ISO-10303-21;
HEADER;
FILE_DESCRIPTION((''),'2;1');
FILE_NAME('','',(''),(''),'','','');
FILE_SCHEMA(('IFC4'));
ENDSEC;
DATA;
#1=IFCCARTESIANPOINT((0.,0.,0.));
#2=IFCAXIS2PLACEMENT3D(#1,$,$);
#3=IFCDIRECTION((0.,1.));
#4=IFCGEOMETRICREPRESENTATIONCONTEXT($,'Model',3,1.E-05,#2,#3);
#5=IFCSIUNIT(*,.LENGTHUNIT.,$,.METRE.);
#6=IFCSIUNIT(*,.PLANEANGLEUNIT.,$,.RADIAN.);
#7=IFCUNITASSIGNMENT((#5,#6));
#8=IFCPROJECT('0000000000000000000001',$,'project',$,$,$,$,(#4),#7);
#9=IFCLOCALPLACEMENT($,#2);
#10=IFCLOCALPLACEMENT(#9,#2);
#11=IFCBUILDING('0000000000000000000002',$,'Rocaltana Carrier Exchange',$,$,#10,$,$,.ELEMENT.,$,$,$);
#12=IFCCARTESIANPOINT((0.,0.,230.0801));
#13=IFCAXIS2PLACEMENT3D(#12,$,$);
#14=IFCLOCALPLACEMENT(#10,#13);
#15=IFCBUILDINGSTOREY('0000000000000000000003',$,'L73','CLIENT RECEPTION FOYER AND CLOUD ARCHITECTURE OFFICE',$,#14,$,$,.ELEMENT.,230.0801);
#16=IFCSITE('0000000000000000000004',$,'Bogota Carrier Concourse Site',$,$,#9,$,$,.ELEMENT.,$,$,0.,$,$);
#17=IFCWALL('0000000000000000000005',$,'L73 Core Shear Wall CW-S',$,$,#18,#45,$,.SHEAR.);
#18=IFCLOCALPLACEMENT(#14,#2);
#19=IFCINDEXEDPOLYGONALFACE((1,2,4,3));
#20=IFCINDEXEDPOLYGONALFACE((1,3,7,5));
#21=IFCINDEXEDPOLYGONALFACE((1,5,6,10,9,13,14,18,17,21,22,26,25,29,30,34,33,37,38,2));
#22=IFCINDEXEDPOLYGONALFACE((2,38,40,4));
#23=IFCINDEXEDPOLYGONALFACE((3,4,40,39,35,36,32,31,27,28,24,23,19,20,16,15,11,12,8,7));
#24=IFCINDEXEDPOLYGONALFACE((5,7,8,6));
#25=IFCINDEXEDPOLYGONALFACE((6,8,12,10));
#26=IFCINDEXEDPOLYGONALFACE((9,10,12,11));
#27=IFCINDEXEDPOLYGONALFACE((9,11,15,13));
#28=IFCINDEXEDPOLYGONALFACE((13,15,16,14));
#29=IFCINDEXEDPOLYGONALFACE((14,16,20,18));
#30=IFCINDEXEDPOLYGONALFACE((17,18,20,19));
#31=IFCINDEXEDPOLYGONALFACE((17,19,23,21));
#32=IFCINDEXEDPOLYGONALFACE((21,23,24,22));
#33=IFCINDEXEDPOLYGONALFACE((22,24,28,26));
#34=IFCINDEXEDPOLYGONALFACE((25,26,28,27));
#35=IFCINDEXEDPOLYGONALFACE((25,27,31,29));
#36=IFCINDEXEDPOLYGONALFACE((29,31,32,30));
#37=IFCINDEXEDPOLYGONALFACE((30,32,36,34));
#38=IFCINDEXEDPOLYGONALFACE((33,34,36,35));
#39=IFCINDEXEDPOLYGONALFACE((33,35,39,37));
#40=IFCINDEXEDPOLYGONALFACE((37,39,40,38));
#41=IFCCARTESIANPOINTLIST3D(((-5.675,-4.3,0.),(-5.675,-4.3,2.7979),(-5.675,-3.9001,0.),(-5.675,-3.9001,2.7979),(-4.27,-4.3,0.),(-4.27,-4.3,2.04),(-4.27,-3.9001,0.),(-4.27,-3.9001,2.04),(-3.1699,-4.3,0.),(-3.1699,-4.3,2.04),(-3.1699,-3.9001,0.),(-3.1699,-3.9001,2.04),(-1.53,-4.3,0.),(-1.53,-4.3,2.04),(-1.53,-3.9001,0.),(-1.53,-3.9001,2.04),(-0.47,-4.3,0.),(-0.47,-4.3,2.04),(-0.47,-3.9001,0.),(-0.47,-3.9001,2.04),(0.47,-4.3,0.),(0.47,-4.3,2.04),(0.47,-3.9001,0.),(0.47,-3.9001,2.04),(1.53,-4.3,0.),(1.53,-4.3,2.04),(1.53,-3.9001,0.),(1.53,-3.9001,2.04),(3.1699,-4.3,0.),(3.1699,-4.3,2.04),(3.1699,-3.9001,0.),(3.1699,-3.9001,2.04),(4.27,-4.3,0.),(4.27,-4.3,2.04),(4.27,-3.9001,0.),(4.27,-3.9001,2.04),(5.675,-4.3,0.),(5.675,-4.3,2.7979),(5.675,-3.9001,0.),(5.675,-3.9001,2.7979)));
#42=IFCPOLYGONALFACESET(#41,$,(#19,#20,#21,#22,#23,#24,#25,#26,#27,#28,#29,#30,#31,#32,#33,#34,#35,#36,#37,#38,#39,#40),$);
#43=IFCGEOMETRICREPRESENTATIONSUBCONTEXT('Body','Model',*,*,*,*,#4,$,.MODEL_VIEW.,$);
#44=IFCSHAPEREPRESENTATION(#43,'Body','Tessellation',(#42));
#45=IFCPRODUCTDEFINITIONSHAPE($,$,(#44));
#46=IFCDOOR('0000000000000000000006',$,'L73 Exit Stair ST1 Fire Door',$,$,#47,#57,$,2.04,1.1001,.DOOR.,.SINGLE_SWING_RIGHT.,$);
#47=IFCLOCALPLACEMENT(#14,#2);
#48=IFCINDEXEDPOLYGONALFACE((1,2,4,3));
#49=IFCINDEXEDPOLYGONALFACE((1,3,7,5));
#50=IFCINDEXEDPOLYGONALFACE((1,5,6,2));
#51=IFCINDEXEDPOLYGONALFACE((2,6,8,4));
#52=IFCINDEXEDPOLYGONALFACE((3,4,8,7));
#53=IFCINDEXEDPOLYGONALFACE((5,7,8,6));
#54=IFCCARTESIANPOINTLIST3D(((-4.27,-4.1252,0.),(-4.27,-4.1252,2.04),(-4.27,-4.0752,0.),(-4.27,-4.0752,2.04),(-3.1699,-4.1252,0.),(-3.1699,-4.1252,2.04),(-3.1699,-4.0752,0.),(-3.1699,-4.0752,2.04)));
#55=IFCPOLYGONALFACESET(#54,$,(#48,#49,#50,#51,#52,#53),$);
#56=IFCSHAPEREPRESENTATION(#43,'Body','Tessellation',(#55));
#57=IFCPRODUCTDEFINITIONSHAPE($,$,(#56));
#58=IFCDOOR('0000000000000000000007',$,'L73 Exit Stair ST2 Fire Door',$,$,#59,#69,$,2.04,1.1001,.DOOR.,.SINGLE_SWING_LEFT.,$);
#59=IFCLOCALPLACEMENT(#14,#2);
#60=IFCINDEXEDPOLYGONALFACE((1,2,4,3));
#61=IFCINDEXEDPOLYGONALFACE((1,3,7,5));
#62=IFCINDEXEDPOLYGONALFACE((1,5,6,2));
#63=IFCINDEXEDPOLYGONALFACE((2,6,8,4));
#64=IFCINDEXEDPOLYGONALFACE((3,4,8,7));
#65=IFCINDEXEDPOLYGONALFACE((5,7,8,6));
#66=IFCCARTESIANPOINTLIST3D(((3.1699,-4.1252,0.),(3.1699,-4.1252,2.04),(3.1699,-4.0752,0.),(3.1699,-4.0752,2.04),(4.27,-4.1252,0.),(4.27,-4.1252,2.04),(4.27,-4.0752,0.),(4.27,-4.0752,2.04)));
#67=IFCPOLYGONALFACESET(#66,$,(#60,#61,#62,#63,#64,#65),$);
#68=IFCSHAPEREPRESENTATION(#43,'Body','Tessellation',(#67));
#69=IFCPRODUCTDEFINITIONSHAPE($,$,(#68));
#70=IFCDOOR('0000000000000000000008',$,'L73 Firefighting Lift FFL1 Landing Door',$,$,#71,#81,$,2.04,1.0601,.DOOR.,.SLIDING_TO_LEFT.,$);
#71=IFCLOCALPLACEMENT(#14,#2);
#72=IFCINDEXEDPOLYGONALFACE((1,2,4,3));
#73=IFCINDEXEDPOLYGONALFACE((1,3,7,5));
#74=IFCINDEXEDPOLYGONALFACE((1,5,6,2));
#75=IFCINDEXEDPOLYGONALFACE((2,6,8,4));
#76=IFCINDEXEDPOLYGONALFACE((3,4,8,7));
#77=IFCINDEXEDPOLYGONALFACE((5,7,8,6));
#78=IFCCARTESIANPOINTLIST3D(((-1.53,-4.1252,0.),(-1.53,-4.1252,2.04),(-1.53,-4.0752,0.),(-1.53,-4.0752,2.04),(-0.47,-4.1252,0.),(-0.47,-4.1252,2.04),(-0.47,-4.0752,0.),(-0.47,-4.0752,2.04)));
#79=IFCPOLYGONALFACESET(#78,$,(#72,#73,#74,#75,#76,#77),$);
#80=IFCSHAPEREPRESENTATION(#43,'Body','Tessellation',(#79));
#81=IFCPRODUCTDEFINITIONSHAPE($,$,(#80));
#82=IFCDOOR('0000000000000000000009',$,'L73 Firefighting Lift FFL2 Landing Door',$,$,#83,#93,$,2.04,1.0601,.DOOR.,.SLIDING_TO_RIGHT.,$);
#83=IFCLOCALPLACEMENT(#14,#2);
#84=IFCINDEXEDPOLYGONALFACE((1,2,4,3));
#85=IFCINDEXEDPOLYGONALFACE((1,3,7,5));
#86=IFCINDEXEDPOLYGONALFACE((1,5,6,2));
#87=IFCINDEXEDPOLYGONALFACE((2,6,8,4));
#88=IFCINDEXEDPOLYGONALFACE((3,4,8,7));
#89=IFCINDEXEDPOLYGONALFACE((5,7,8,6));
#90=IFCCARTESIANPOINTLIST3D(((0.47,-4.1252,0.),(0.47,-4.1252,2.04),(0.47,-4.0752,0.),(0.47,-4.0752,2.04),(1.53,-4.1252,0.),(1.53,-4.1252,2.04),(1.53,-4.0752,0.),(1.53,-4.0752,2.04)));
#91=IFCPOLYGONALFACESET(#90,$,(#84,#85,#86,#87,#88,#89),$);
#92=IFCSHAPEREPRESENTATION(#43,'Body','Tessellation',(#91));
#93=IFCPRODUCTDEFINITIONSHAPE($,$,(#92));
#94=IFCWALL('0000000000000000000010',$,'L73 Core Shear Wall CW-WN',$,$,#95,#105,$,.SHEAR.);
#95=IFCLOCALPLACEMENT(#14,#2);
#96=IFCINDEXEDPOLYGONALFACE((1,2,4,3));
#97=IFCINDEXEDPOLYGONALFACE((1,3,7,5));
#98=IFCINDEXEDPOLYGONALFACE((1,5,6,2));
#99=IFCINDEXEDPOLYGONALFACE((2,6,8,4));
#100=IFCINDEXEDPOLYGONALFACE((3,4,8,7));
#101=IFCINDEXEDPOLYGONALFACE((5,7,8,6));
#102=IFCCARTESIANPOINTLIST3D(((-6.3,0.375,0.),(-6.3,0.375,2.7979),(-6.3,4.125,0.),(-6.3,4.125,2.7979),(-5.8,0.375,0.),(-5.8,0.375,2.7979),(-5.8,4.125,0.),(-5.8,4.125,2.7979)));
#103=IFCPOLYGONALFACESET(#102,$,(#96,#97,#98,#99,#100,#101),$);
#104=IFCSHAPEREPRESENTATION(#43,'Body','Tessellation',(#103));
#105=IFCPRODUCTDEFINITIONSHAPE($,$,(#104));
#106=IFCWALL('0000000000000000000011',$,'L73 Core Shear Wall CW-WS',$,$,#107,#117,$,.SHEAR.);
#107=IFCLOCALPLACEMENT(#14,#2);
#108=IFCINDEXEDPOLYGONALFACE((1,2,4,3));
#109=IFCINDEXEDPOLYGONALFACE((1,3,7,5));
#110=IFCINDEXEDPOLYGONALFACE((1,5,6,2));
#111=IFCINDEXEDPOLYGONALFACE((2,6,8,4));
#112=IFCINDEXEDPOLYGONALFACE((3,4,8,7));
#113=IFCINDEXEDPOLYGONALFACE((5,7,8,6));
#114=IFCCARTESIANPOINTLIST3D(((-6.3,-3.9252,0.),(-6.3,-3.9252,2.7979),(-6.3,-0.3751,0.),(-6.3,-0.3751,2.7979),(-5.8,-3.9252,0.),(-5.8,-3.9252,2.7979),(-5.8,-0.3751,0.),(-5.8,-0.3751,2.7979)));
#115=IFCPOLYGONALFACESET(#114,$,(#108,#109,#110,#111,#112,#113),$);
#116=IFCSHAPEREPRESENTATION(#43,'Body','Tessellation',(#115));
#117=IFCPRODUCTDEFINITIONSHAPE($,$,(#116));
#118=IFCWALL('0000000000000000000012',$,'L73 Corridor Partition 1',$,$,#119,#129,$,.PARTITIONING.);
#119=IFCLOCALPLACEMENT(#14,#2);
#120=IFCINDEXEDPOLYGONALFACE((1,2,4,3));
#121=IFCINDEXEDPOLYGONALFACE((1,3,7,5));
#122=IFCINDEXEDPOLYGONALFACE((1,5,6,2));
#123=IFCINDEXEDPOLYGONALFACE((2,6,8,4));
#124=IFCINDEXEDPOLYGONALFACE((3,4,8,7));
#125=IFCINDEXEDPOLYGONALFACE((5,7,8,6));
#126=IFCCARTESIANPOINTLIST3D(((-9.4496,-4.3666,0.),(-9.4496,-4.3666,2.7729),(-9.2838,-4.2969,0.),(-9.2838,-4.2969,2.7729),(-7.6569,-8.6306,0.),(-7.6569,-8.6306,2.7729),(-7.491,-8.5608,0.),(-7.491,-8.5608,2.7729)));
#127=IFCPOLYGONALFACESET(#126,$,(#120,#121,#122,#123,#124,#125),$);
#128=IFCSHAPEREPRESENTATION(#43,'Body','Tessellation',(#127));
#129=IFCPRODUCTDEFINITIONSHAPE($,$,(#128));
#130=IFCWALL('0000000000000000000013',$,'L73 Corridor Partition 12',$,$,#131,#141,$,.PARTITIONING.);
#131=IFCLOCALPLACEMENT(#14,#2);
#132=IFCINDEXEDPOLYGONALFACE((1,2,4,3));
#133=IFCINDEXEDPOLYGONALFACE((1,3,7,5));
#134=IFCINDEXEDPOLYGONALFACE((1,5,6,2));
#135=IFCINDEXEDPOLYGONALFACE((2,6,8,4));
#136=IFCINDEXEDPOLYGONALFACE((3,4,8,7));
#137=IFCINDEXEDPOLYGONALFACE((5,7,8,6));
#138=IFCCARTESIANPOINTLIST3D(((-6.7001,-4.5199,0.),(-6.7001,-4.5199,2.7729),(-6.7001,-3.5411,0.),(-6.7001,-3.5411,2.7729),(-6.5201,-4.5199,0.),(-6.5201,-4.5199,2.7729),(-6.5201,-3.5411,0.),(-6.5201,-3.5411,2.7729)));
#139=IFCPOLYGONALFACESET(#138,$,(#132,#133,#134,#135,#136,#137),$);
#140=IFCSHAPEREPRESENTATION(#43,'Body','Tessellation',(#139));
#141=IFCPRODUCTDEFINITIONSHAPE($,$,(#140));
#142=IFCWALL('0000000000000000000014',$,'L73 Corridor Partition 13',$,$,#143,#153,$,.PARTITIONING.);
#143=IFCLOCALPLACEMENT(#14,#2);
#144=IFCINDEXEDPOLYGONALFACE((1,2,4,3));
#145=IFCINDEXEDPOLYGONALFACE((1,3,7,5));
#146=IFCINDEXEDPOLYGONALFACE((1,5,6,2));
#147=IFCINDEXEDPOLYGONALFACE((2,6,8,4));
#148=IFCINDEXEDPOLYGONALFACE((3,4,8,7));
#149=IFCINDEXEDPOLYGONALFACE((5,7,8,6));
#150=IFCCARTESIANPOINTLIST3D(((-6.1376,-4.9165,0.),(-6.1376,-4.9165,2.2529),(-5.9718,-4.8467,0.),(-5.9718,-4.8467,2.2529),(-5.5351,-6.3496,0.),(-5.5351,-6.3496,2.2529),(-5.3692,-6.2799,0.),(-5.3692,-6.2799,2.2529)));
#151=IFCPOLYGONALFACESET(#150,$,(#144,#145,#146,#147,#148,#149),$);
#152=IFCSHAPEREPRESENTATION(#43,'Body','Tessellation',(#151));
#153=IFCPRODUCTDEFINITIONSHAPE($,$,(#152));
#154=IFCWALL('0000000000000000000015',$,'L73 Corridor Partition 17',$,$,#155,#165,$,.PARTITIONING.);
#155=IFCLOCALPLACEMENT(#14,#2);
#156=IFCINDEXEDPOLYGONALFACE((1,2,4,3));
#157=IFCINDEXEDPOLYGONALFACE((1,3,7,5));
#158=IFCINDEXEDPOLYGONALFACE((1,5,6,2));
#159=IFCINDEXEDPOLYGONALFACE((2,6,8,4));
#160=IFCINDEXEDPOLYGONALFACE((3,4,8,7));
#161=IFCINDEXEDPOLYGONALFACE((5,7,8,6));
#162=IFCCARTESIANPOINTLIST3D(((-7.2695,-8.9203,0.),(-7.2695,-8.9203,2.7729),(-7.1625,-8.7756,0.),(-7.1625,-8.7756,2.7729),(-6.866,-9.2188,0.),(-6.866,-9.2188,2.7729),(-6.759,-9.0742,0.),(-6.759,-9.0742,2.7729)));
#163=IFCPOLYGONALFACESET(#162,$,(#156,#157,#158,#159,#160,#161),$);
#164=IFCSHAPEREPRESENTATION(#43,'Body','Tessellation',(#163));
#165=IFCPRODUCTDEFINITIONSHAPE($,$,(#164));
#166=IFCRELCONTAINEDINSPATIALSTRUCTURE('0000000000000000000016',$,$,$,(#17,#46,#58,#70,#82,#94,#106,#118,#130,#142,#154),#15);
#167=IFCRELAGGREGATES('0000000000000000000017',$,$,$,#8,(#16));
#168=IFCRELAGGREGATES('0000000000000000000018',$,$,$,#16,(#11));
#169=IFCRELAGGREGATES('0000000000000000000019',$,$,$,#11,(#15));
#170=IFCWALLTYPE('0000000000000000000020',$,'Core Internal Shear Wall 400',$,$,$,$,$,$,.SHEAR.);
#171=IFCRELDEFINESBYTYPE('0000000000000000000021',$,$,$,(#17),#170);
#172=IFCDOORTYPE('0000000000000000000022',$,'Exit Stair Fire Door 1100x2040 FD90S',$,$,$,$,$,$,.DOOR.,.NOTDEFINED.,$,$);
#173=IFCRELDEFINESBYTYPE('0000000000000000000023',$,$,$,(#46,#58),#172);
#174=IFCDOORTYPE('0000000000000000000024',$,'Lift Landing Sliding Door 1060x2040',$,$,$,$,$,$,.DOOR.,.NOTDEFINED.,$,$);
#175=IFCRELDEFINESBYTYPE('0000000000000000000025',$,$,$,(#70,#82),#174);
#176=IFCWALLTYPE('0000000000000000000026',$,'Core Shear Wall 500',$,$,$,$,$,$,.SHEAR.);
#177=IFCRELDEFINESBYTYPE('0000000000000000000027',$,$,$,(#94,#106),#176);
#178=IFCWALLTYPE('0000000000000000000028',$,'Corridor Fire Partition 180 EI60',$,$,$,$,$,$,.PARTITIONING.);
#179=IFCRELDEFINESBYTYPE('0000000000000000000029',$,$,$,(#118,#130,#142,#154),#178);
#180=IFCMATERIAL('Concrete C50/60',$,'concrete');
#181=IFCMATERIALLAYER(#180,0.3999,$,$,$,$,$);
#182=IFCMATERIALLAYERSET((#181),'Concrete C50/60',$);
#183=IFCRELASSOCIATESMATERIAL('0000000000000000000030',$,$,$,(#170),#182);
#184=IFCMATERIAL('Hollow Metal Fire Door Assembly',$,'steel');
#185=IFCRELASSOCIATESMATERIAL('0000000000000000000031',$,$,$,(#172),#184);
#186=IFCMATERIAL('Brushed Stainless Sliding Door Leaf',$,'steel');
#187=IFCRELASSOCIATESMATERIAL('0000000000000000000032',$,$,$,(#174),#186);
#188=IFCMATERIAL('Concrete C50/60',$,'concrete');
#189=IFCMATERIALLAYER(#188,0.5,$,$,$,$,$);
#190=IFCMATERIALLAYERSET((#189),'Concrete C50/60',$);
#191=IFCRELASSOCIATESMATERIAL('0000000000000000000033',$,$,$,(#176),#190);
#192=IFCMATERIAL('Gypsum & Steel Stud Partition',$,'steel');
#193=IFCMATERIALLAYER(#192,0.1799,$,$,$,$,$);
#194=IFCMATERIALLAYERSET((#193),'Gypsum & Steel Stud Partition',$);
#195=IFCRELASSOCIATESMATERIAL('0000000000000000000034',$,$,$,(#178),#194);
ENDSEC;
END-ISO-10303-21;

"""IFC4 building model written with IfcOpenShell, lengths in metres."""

from ifc_helpers import new_model, si_unit, direction, frame, frame_2d, origin, place, context, subcontext, project, spatial, rectangle, extrude, material, layer, layer_set, type_object, element, fill, save


model = new_model("IFC4")

# Units and contexts
model_context = context("Model", 3, precision=1e-05, world=origin(), true_north=direction((0.0, 1.0)))
body_context = subcontext(model_context, "Body", "Model", "MODEL_VIEW")
ifc_project = project(units=[si_unit("LENGTHUNIT", "METRE"), si_unit("PLANEANGLEUNIT", "RADIAN")], contexts=[model_context])

# Site, building, storey
site_placement = place(None, origin())
site = spatial("IfcSite", under=ifc_project, at=site_placement, Name="Bogota Carrier Concourse Site", CompositionType="ELEMENT", RefElevation=0.0)
building_placement = place(site_placement, origin())
building = spatial("IfcBuilding", under=site, at=building_placement, Name="Rocaltana Carrier Exchange", CompositionType="ELEMENT")
storey_placement = place(building_placement, frame((0.0, 0.0, 230.0801)))
storey = spatial("IfcBuildingStorey", under=building, at=storey_placement, Name="L73", Description="CLIENT RECEPTION FOYER AND CLOUD ARCHITECTURE OFFICE", CompositionType="ELEMENT", Elevation=230.0801)

# Wall, openings, doors
ifc_material_1 = material(Name="Concrete C50/60", Category="concrete")
ifc_layer_1 = layer(ifc_material_1, 0.3999)
ifc_layer_set_1 = layer_set([ifc_layer_1], Name="Concrete C50/60")
wall_type_1 = type_object("IfcWallType", Name="Core Internal Shear Wall 400", PredefinedType="SHEAR", material=ifc_layer_set_1)
wall_1_placement = place(storey_placement, frame((-5.675, -4.1001, 0.0), z_axis=(0.0, 0.0, 1.0), x_axis=(1.0, 0.0, 0.0)))
wall_1 = element("IfcWall", 1, at=wall_1_placement, inside=storey, type_object=wall_type_1, Name="L73 Core Shear Wall CW-S", PredefinedType="SHEAR", context=body_context, shape_type="SweptSolid", body=[
    extrude(rectangle(XDim=11.3501, YDim=0.3999, at=frame_2d((5.675, 0.0))), origin(), (0.0, 0.0, 1.0), 2.7979),
])
opening_1_placement = place(wall_1_placement, frame((1.405, 0.0, 0.0)))
opening_1 = element("IfcOpeningElement", 2, at=opening_1_placement, cuts=wall_1, PredefinedType="OPENING", context=body_context, shape_type="SweptSolid", body=[
    extrude(rectangle(XDim=1.1001, YDim=2.04, at=frame_2d((0.55, 1.02))), frame((0.0, 0.21, 0.0), z_axis=(0.0, -1.0, 0.0), x_axis=(1.0, 0.0, 0.0)), (0.0, 0.0, 1.0), 0.4199),
])
opening_2_placement = place(wall_1_placement, frame((8.845, 0.0, 0.0)))
opening_2 = element("IfcOpeningElement", 3, at=opening_2_placement, cuts=wall_1, PredefinedType="OPENING", context=body_context, shape_type="SweptSolid", body=[
    extrude(rectangle(XDim=1.1001, YDim=2.04, at=frame_2d((0.55, 1.02))), frame((0.0, 0.21, 0.0), z_axis=(0.0, -1.0, 0.0), x_axis=(1.0, 0.0, 0.0)), (0.0, 0.0, 1.0), 0.4199),
])
opening_3_placement = place(wall_1_placement, frame((4.145, 0.0, 0.0)))
opening_3 = element("IfcOpeningElement", 4, at=opening_3_placement, cuts=wall_1, PredefinedType="OPENING", context=body_context, shape_type="SweptSolid", body=[
    extrude(rectangle(XDim=1.0601, YDim=2.04, at=frame_2d((0.53, 1.02))), frame((0.0, 0.21, 0.0), z_axis=(0.0, -1.0, 0.0), x_axis=(1.0, 0.0, 0.0)), (0.0, 0.0, 1.0), 0.4199),
])
opening_4_placement = place(wall_1_placement, frame((6.145, 0.0, 0.0)))
opening_4 = element("IfcOpeningElement", 5, at=opening_4_placement, cuts=wall_1, PredefinedType="OPENING", context=body_context, shape_type="SweptSolid", body=[
    extrude(rectangle(XDim=1.0601, YDim=2.04, at=frame_2d((0.53, 1.02))), frame((0.0, 0.21, 0.0), z_axis=(0.0, -1.0, 0.0), x_axis=(1.0, 0.0, 0.0)), (0.0, 0.0, 1.0), 0.4199),
])
ifc_material_2 = material(Name="Hollow Metal Fire Door Assembly", Category="steel")
door_type_1 = type_object("IfcDoorType", Name="Exit Stair Fire Door 1100x2040 FD90S", OperationType="NOTDEFINED", PredefinedType="DOOR", material=ifc_material_2)
door_1_placement = place(opening_1_placement, origin())
door_1 = element("IfcDoor", 6, at=door_1_placement, inside=storey, type_object=door_type_1, Name="L73 Exit Stair ST1 Fire Door", OperationType="SINGLE_SWING_RIGHT", OverallHeight=2.04, OverallWidth=1.1001, PredefinedType="DOOR", context=body_context, shape_type="SweptSolid", body=[
    extrude(rectangle(XDim=1.1001, YDim=2.04, at=frame_2d((0.55, 1.02))), frame((0.0, 0.0249, 0.0), z_axis=(0.0, -1.0, 0.0), x_axis=(1.0, 0.0, 0.0)), (0.0, 0.0, 1.0), 0.05),
])
fill(opening_1, door_1)
door_2_placement = place(opening_2_placement, origin())
door_2 = element("IfcDoor", 7, at=door_2_placement, inside=storey, type_object=door_type_1, Name="L73 Exit Stair ST2 Fire Door", OperationType="SINGLE_SWING_LEFT", OverallHeight=2.04, OverallWidth=1.1001, PredefinedType="DOOR", context=body_context, shape_type="SweptSolid", body=[
    extrude(rectangle(XDim=1.1001, YDim=2.04, at=frame_2d((0.55, 1.02))), frame((0.0, 0.0249, 0.0), z_axis=(0.0, -1.0, 0.0), x_axis=(1.0, 0.0, 0.0)), (0.0, 0.0, 1.0), 0.05),
])
fill(opening_2, door_2)
ifc_material_3 = material(Name="Brushed Stainless Sliding Door Leaf", Category="steel")
door_type_2 = type_object("IfcDoorType", Name="Lift Landing Sliding Door 1060x2040", OperationType="NOTDEFINED", PredefinedType="DOOR", material=ifc_material_3)
door_3_placement = place(opening_3_placement, origin())
door_3 = element("IfcDoor", 8, at=door_3_placement, inside=storey, type_object=door_type_2, Name="L73 Firefighting Lift FFL1 Landing Door", OperationType="SLIDING_TO_LEFT", OverallHeight=2.04, OverallWidth=1.0601, PredefinedType="DOOR", context=body_context, shape_type="SweptSolid", body=[
    extrude(rectangle(XDim=1.0601, YDim=2.04, at=frame_2d((0.53, 1.02))), frame((0.0, 0.0249, 0.0), z_axis=(0.0, -1.0, 0.0), x_axis=(1.0, 0.0, 0.0)), (0.0, 0.0, 1.0), 0.05),
])
fill(opening_3, door_3)
door_4_placement = place(opening_4_placement, origin())
door_4 = element("IfcDoor", 9, at=door_4_placement, inside=storey, type_object=door_type_2, Name="L73 Firefighting Lift FFL2 Landing Door", OperationType="SLIDING_TO_RIGHT", OverallHeight=2.04, OverallWidth=1.0601, PredefinedType="DOOR", context=body_context, shape_type="SweptSolid", body=[
    extrude(rectangle(XDim=1.0601, YDim=2.04, at=frame_2d((0.53, 1.02))), frame((0.0, 0.0249, 0.0), z_axis=(0.0, -1.0, 0.0), x_axis=(1.0, 0.0, 0.0)), (0.0, 0.0, 1.0), 0.05),
])
fill(opening_4, door_4)

# Walls
ifc_material_4 = material(Name="Concrete C50/60", Category="concrete")
ifc_layer_2 = layer(ifc_material_4, 0.5)
ifc_layer_set_2 = layer_set([ifc_layer_2], Name="Concrete C50/60")
wall_type_2 = type_object("IfcWallType", Name="Core Shear Wall 500", PredefinedType="SHEAR", material=ifc_layer_set_2)
wall_2_placement = place(storey_placement, frame((-6.05, 0.375, 0.0), z_axis=(0.0, 0.0, 1.0), x_axis=(0.0, 1.0, 0.0)))
element("IfcWall", 10, at=wall_2_placement, inside=storey, type_object=wall_type_2, Name="L73 Core Shear Wall CW-WN", PredefinedType="SHEAR", context=body_context, shape_type="SweptSolid", body=[
    extrude(rectangle(XDim=3.75, YDim=0.5, at=frame_2d((1.875, 0.0))), origin(), (0.0, 0.0, 1.0), 2.7979),
])
wall_3_placement = place(storey_placement, frame((-6.05, -3.925, 0.0), z_axis=(0.0, 0.0, 1.0), x_axis=(0.0, 1.0, 0.0)))
element("IfcWall", 11, at=wall_3_placement, inside=storey, type_object=wall_type_2, Name="L73 Core Shear Wall CW-WS", PredefinedType="SHEAR", context=body_context, shape_type="SweptSolid", body=[
    extrude(rectangle(XDim=3.55, YDim=0.5, at=frame_2d((1.7749, 0.0))), origin(), (0.0, 0.0, 1.0), 2.7979),
])
ifc_material_5 = material(Name="Gypsum & Steel Stud Partition", Category="steel")
ifc_layer_3 = layer(ifc_material_5, 0.1799)
ifc_layer_set_3 = layer_set([ifc_layer_3], Name="Gypsum & Steel Stud Partition")
wall_type_3 = type_object("IfcWallType", Name="Corridor Fire Partition 180 EI60", PredefinedType="PARTITIONING", material=ifc_layer_set_3)
wall_4_placement = place(storey_placement, frame((-7.574, -8.5957, 0.0), z_axis=(0.0, 0.0, 1.0), x_axis=(-0.387578, 0.921837, 0.0)))
element("IfcWall", 12, at=wall_4_placement, inside=storey, type_object=wall_type_3, Name="L73 Corridor Partition 1", PredefinedType="PARTITIONING", context=body_context, shape_type="SweptSolid", body=[
    extrude(rectangle(XDim=4.6255, YDim=0.1799, at=frame_2d((2.3127, 0.0))), origin(), (0.0, 0.0, 1.0), 2.7729),
])
wall_5_placement = place(storey_placement, frame((-6.6101, -3.5413, 0.0), z_axis=(0.0, 0.0, 1.0), x_axis=(0.0, -1.0, 0.0)))
element("IfcWall", 13, at=wall_5_placement, inside=storey, type_object=wall_type_3, Name="L73 Corridor Partition 12", PredefinedType="PARTITIONING", context=body_context, shape_type="SweptSolid", body=[
    extrude(rectangle(XDim=0.9788, YDim=0.1799, at=frame_2d((0.4893, 0.0))), origin(), (0.0, 0.0, 1.0), 2.7729),
])
wall_6_placement = place(storey_placement, frame((-6.0547, -4.8816, 0.0), z_axis=(0.0, 0.0, 1.0), x_axis=(0.38758, -0.921836, 0.0)))
element("IfcWall", 14, at=wall_6_placement, inside=storey, type_object=wall_type_3, Name="L73 Corridor Partition 13", PredefinedType="PARTITIONING", context=body_context, shape_type="SweptSolid", body=[
    extrude(rectangle(XDim=1.5547, YDim=0.1799, at=frame_2d((0.7773, 0.0))), origin(), (0.0, 0.0, 1.0), 2.2529),
])
wall_7_placement = place(storey_placement, frame((-6.8125, -9.1465, 0.0), z_axis=(0.0, 0.0, 1.0), x_axis=(-0.803893, 0.594774, 0.0)))
element("IfcWall", 15, at=wall_7_placement, inside=storey, type_object=wall_type_3, Name="L73 Corridor Partition 17", PredefinedType="PARTITIONING", context=body_context, shape_type="SweptSolid", body=[
    extrude(rectangle(XDim=0.502, YDim=0.1799, at=frame_2d((0.251, 0.0))), origin(), (0.0, 0.0, 1.0), 2.7729),
])

save(model, "model.ifc")
